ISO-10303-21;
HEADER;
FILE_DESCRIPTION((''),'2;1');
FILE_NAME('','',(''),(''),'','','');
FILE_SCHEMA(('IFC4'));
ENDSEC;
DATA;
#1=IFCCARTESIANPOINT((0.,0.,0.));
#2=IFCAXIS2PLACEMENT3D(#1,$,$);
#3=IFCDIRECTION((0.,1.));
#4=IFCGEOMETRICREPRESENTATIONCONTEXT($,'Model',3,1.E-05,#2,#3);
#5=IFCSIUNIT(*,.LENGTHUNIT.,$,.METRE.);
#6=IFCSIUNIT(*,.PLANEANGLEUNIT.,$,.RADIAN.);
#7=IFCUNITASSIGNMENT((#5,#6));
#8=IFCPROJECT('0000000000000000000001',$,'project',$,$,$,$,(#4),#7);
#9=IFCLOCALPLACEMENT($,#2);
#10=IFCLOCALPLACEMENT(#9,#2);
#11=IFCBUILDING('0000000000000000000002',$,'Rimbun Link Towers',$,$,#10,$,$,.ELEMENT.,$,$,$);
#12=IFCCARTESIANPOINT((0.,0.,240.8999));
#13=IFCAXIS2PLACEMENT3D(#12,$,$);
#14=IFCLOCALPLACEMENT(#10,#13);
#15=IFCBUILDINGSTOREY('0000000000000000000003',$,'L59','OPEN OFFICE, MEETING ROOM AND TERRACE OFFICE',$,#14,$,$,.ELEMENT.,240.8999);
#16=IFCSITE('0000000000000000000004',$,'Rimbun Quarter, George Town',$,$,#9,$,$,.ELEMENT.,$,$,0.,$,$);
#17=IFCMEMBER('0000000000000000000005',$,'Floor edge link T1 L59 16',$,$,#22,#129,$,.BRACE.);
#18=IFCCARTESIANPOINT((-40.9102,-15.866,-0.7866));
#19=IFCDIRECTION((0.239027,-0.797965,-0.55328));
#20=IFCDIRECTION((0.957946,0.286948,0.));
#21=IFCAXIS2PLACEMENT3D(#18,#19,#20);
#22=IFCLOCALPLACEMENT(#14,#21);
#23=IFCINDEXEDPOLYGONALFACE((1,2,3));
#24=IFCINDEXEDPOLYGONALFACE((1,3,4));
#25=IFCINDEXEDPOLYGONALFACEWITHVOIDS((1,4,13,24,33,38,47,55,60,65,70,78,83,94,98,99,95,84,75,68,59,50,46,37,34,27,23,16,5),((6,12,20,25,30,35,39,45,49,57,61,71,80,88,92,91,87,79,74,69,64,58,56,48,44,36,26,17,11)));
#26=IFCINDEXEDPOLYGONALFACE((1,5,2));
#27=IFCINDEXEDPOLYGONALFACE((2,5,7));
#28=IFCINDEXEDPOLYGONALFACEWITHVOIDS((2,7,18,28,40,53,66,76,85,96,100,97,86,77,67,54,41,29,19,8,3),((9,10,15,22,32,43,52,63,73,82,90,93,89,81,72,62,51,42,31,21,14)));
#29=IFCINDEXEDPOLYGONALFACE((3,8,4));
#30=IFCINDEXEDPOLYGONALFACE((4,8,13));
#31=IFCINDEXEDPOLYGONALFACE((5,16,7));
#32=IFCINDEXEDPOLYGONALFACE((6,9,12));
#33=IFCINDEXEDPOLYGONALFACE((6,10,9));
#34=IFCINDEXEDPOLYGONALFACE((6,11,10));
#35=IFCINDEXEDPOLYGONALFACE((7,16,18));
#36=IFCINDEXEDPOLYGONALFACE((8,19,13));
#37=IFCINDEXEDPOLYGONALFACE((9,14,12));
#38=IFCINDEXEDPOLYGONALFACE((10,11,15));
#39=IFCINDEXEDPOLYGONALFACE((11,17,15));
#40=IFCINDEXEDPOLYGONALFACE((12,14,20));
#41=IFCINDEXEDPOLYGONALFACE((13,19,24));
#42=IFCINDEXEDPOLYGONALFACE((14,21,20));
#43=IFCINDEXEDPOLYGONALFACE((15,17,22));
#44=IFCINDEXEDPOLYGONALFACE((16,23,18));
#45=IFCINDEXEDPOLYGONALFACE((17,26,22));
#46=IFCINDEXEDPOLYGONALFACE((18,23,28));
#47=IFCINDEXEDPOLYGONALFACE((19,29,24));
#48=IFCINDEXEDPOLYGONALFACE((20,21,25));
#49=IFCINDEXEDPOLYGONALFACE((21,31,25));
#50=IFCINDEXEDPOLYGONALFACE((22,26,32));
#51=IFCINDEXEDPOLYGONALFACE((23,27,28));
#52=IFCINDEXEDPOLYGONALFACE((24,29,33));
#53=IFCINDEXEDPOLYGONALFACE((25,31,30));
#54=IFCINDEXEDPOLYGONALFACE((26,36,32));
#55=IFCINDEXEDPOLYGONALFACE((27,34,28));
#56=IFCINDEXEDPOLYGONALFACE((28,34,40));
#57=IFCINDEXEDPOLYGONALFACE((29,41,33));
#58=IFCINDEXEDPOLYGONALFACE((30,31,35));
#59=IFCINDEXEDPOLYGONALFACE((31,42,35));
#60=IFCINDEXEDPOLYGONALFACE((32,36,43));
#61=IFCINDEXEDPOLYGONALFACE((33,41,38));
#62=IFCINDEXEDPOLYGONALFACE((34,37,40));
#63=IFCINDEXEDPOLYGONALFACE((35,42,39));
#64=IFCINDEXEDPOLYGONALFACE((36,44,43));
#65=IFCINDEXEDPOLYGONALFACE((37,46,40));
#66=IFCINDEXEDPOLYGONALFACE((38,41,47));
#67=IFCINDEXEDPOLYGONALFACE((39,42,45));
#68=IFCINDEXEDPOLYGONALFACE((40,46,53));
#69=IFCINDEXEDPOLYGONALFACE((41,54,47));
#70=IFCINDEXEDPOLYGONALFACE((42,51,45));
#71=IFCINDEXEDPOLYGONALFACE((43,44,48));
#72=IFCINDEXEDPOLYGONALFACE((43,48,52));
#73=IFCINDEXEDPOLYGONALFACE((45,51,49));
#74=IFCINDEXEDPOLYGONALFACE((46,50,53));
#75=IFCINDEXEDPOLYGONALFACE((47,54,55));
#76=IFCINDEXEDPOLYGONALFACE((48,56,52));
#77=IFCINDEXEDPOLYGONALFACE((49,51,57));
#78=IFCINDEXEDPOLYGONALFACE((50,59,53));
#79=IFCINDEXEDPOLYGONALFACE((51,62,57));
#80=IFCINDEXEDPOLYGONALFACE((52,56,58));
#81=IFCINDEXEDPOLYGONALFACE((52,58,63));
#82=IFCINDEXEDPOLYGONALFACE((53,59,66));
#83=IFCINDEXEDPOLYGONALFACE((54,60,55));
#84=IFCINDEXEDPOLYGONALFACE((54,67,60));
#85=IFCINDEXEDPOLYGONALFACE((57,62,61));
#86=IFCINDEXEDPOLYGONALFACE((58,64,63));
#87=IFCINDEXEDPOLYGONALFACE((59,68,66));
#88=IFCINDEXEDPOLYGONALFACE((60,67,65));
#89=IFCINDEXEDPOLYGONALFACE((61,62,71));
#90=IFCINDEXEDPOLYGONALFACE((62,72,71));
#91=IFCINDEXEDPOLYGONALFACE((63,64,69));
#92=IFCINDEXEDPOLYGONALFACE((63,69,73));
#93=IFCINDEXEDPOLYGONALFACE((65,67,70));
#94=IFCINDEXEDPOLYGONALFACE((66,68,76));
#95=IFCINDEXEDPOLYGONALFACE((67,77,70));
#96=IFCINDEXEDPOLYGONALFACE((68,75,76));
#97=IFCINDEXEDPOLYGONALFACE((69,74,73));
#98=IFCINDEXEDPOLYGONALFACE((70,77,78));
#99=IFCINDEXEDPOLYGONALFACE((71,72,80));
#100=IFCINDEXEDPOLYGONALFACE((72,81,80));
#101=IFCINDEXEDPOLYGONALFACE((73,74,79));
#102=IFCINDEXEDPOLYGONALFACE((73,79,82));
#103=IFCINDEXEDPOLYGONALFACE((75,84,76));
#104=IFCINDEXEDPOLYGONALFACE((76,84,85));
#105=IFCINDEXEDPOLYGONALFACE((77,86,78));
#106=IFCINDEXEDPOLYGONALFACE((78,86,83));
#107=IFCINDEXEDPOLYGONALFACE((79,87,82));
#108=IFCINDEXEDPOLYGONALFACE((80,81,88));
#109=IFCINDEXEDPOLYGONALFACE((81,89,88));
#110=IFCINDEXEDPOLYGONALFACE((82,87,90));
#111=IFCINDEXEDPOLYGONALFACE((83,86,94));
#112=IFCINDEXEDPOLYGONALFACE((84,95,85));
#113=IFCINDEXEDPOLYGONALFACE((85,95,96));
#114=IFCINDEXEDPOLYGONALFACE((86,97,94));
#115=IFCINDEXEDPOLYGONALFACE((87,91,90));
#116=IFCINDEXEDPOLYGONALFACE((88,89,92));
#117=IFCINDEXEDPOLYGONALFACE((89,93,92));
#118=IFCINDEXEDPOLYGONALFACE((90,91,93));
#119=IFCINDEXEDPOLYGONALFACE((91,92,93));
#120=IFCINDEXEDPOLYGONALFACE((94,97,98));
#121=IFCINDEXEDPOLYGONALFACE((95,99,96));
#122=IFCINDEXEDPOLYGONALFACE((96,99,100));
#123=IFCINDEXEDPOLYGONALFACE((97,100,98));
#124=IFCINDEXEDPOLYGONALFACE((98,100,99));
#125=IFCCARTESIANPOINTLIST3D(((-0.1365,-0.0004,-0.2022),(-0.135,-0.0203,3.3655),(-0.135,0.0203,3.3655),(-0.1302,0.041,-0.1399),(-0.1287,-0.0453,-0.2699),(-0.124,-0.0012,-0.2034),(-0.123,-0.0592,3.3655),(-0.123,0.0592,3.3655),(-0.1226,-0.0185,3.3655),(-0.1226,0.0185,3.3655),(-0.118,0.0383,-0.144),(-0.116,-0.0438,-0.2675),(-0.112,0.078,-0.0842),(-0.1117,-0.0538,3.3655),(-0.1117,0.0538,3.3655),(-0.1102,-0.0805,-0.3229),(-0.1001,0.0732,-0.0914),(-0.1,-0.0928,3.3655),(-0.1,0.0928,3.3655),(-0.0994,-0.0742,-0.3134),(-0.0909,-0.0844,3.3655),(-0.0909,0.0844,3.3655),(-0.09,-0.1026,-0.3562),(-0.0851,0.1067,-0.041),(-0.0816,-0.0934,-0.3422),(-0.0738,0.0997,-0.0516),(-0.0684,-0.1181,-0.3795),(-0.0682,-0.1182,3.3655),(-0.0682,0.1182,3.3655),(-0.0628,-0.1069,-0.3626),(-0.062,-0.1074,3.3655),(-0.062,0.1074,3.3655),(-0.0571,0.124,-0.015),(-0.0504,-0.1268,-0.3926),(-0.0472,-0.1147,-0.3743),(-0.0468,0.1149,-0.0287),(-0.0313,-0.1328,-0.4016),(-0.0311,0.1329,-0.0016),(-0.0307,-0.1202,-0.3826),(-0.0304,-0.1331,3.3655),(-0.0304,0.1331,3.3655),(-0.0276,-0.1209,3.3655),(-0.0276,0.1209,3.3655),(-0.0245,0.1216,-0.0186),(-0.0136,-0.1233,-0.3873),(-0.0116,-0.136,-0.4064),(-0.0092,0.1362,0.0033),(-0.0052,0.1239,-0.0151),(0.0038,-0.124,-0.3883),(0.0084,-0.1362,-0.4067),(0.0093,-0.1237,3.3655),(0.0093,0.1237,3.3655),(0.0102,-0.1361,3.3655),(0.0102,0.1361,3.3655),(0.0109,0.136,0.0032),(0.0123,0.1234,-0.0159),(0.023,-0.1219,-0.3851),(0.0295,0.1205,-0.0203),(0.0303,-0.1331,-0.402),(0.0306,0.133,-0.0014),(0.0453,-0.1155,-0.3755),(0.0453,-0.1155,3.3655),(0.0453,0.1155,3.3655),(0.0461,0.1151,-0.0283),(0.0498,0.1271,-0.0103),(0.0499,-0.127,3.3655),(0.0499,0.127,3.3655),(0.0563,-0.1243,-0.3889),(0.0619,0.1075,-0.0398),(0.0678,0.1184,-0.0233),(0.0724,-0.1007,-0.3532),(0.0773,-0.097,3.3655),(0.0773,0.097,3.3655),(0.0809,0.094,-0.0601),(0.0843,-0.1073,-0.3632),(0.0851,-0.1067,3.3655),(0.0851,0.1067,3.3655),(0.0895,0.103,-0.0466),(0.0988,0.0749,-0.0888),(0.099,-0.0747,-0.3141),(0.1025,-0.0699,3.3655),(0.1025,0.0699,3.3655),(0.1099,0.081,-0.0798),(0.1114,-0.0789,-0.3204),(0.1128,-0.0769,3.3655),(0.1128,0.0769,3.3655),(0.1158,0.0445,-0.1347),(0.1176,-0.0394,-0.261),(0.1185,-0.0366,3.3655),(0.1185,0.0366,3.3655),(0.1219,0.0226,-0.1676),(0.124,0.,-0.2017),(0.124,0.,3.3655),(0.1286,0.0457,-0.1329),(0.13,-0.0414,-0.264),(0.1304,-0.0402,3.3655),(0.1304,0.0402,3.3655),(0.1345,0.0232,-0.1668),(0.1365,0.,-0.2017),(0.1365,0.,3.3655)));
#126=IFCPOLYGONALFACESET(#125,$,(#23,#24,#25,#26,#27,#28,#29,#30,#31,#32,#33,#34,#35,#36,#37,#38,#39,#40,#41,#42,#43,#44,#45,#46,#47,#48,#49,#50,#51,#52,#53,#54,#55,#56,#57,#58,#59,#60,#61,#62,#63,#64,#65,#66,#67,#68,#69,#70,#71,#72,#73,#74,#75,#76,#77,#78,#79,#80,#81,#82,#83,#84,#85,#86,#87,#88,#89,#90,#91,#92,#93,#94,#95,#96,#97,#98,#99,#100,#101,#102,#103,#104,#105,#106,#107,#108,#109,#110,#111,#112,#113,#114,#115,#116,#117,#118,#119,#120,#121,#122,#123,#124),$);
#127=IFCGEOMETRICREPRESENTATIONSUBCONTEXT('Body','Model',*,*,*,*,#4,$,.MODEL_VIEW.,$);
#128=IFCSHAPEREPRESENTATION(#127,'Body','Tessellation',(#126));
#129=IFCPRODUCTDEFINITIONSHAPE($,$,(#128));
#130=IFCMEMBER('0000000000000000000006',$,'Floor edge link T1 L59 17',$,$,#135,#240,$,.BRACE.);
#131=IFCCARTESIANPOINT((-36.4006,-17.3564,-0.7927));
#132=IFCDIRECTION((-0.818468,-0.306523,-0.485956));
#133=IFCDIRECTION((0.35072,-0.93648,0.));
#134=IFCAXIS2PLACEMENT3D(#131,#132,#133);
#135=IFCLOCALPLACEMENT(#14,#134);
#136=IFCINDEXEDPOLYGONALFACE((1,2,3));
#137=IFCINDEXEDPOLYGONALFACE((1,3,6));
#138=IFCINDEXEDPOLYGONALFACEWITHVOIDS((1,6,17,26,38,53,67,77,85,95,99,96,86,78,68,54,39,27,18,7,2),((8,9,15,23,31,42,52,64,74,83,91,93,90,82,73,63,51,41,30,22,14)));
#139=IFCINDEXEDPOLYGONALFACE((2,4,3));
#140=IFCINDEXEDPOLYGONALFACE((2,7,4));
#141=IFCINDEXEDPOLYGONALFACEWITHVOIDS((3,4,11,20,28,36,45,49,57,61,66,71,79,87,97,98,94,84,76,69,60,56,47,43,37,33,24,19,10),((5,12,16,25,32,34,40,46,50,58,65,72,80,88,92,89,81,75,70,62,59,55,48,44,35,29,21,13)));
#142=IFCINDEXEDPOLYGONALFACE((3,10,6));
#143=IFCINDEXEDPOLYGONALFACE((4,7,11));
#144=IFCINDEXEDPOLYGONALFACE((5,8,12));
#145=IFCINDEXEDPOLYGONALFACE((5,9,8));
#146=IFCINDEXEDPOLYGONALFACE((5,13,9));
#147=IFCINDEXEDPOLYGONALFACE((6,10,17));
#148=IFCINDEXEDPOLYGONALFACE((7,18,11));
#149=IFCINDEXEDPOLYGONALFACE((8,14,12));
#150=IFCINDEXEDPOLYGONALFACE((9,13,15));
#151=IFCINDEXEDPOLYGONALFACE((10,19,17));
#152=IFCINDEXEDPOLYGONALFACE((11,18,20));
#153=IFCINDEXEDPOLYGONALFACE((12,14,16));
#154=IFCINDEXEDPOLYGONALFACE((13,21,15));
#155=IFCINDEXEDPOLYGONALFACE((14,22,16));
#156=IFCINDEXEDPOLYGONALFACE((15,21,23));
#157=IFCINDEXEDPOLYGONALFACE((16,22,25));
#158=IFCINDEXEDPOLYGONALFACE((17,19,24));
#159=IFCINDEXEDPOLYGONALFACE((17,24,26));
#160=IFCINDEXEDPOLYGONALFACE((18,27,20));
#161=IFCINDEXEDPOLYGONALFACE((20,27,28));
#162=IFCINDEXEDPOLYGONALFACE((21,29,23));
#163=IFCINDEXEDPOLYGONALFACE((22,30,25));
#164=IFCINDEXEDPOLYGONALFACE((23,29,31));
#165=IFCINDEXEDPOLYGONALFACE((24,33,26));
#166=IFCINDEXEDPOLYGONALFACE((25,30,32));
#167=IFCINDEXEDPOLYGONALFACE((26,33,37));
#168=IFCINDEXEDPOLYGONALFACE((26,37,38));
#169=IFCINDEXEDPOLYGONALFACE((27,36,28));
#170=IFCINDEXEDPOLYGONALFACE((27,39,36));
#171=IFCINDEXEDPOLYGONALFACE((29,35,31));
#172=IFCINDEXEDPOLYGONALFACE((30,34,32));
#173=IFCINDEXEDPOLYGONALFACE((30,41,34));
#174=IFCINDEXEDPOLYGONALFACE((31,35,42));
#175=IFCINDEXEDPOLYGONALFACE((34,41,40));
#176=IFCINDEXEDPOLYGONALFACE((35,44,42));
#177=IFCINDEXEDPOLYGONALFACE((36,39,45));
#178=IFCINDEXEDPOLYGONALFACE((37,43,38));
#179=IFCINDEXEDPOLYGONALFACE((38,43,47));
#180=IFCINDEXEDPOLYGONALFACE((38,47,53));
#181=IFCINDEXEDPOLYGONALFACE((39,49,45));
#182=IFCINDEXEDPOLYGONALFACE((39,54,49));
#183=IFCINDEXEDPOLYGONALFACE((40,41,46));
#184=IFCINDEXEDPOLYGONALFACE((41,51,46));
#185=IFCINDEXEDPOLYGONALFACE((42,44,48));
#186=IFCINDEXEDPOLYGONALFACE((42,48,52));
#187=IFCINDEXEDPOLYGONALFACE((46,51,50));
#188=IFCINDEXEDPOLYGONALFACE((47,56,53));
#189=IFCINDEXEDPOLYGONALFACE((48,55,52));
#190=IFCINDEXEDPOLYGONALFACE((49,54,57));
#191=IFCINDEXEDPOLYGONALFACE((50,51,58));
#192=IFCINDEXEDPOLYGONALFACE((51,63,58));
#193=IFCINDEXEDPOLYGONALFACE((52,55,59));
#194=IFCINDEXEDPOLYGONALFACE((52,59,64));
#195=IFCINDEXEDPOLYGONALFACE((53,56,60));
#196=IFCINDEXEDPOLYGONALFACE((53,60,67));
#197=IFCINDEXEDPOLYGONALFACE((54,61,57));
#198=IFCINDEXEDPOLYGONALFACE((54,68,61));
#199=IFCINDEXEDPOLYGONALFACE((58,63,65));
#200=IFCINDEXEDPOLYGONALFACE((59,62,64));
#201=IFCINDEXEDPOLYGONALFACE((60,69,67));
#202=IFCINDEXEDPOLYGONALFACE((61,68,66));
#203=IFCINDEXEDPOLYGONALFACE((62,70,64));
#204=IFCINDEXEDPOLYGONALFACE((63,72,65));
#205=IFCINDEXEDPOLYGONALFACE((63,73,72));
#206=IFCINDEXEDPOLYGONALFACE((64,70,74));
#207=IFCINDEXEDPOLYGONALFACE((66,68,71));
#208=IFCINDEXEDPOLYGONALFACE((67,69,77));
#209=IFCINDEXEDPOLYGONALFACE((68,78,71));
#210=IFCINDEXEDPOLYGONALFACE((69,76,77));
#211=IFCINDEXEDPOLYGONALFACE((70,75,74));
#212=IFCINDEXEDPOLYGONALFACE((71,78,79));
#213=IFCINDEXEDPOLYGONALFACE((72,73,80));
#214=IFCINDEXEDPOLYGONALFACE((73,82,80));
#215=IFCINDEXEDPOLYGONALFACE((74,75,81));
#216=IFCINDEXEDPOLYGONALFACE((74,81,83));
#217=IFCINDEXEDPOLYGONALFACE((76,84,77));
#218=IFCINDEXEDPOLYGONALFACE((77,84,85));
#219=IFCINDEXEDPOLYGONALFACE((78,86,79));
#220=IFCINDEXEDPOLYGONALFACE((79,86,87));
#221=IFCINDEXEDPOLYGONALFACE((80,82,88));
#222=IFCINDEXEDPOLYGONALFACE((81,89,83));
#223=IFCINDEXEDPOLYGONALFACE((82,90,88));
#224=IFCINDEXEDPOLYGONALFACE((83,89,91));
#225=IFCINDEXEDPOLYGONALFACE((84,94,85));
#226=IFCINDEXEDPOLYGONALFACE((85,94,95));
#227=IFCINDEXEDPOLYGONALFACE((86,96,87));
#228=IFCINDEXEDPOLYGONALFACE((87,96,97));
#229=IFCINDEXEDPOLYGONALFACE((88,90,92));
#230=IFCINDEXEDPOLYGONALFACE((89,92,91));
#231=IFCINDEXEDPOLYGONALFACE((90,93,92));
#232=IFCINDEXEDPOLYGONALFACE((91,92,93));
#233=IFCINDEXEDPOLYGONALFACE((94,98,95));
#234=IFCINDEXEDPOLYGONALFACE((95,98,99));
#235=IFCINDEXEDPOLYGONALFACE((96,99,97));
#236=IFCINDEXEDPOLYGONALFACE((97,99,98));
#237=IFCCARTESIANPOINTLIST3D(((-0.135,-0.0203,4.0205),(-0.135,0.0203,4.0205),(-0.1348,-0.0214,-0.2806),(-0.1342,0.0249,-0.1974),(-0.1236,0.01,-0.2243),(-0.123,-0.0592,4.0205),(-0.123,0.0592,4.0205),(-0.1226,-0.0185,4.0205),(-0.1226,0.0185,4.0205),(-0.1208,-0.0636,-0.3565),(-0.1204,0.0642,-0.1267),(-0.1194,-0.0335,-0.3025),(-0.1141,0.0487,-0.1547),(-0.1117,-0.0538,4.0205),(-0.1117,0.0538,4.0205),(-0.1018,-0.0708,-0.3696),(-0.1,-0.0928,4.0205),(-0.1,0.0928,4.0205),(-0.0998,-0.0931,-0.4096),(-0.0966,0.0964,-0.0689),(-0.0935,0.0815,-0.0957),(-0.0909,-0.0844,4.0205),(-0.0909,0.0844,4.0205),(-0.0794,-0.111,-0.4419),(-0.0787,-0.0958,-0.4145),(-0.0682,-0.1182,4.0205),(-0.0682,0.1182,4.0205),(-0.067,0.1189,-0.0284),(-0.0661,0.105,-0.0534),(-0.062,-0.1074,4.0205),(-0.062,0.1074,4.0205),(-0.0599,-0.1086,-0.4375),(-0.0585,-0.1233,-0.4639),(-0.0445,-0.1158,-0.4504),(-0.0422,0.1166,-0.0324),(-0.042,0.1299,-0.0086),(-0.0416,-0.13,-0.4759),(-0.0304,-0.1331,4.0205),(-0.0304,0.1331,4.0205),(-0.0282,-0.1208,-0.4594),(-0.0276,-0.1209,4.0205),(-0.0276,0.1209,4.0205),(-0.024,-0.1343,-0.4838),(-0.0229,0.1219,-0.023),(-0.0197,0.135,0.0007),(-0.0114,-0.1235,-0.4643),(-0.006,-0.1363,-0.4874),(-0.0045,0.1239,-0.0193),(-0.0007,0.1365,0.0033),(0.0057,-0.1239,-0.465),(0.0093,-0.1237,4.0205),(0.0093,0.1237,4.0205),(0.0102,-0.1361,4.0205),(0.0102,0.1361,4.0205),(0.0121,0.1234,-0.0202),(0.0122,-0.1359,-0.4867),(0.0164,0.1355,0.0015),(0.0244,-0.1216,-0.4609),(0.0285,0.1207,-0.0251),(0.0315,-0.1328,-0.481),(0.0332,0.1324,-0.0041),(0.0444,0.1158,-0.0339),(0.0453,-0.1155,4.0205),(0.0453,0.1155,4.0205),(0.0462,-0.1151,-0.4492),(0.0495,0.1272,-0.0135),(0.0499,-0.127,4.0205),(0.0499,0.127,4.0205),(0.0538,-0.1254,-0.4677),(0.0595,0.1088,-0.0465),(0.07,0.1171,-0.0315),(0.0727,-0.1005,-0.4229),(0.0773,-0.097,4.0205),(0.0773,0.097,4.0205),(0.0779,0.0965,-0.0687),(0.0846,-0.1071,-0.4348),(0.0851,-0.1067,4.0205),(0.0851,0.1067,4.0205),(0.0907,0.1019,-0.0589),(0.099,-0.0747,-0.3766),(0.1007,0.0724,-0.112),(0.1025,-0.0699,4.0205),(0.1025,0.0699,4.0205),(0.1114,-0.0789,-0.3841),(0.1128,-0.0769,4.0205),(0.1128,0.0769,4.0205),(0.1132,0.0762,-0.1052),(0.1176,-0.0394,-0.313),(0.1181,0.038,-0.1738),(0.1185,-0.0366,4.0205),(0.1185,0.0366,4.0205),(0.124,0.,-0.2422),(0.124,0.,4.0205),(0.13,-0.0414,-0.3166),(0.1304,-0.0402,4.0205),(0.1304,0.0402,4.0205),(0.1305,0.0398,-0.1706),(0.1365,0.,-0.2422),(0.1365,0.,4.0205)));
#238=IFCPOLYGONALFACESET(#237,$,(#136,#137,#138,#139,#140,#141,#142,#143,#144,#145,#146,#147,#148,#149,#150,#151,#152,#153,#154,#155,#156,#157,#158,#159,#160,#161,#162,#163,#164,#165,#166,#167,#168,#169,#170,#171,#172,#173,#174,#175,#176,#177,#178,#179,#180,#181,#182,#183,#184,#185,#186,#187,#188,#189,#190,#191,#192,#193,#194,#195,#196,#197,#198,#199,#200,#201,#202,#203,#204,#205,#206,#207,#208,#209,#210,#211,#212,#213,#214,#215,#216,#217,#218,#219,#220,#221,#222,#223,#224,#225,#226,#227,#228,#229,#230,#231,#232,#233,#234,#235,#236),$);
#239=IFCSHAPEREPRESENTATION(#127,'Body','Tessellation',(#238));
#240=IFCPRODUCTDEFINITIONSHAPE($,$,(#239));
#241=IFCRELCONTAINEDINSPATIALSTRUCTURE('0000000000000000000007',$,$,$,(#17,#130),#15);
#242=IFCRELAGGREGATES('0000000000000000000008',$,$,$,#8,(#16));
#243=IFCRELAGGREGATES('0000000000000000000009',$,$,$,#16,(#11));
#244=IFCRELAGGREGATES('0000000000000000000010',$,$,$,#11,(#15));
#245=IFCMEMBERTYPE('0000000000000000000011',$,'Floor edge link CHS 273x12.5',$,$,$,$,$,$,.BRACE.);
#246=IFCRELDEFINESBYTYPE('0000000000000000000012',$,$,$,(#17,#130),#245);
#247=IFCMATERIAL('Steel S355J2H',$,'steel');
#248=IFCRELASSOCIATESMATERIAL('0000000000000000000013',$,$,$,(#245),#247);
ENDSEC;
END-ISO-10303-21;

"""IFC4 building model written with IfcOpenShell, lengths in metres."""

from ifc_helpers import new_model, si_unit, direction, frame, origin, origin_2d, place, context, subcontext, project, spatial, hollow_circle, extrude, clip, halfspace, material, material_profile, profile_set, type_object, element, save


model = new_model("IFC4")

# Units and contexts
model_context = context("Model", 3, precision=1e-05, world=origin(), true_north=direction((0.0, 1.0)))
body_context = subcontext(model_context, "Body", "Model", "MODEL_VIEW")
ifc_project = project(units=[si_unit("LENGTHUNIT", "METRE"), si_unit("PLANEANGLEUNIT", "RADIAN")], contexts=[model_context])

# Site, building, storey
site_placement = place(None, origin())
site = spatial("IfcSite", under=ifc_project, at=site_placement, Name="Rimbun Quarter, George Town", CompositionType="ELEMENT", RefElevation=0.0)
building_placement = place(site_placement, origin())
building = spatial("IfcBuilding", under=site, at=building_placement, Name="Rimbun Link Towers", CompositionType="ELEMENT")
storey_placement = place(building_placement, frame((0.0, 0.0, 240.8999)))
storey = spatial("IfcBuildingStorey", under=building, at=storey_placement, Name="L59", Description="OPEN OFFICE, MEETING ROOM AND TERRACE OFFICE", CompositionType="ELEMENT", Elevation=240.8999)

# Members
ifc_material_1 = material(Name="Steel S355J2H", Category="steel")
ifc_material_profile_1 = material_profile(ifc_material_1, hollow_circle(Radius=0.1365, WallThickness=0.0125, at=origin_2d()), Name="CHS 273x12.5")
ifc_profile_set_1 = profile_set([ifc_material_profile_1], Name="Steel S355J2H")
member_type_1 = type_object("IfcMemberType", Name="Floor edge link CHS 273x12.5", PredefinedType="BRACE", material=ifc_profile_set_1)
member_1_placement = place(storey_placement, frame((-40.9102, -15.866, -0.7866), z_axis=(0.239027, -0.797965, -0.55328), x_axis=(0.957946, 0.286948, 0.0)))
element("IfcMember", 1, at=member_1_placement, inside=storey, type_object=member_type_1, Name="Floor edge link T1 L59 16", PredefinedType="BRACE", context=body_context, shape_type="Clipping", body=[
    clip(extrude(hollow_circle(Radius=0.1365, WallThickness=0.0125, at=origin_2d()), frame((0.0, 0.0, -0.4292)), (0.0, 0.0, 1.0), 3.7947), halfspace(frame((0.0, 0.0, -0.2017), z_axis=(0.0, 0.832996, -0.55328)), False)),
])
member_2_placement = place(storey_placement, frame((-36.4006, -17.3564, -0.7927), z_axis=(-0.818468, -0.306523, -0.485956), x_axis=(0.35072, -0.93648, 0.0)))
element("IfcMember", 2, at=member_2_placement, inside=storey, type_object=member_type_1, Name="Floor edge link T1 L59 17", PredefinedType="BRACE", context=body_context, shape_type="Clipping", body=[
    clip(extrude(hollow_circle(Radius=0.1365, WallThickness=0.0125, at=origin_2d()), frame((0.0, 0.0, -0.5117)), (0.0, 0.0, 1.0), 4.5322), halfspace(frame((0.0, 0.0, -0.2422), z_axis=(0.0, 0.873983, -0.485956)), False)),
])

save(model, "model.ifc")
